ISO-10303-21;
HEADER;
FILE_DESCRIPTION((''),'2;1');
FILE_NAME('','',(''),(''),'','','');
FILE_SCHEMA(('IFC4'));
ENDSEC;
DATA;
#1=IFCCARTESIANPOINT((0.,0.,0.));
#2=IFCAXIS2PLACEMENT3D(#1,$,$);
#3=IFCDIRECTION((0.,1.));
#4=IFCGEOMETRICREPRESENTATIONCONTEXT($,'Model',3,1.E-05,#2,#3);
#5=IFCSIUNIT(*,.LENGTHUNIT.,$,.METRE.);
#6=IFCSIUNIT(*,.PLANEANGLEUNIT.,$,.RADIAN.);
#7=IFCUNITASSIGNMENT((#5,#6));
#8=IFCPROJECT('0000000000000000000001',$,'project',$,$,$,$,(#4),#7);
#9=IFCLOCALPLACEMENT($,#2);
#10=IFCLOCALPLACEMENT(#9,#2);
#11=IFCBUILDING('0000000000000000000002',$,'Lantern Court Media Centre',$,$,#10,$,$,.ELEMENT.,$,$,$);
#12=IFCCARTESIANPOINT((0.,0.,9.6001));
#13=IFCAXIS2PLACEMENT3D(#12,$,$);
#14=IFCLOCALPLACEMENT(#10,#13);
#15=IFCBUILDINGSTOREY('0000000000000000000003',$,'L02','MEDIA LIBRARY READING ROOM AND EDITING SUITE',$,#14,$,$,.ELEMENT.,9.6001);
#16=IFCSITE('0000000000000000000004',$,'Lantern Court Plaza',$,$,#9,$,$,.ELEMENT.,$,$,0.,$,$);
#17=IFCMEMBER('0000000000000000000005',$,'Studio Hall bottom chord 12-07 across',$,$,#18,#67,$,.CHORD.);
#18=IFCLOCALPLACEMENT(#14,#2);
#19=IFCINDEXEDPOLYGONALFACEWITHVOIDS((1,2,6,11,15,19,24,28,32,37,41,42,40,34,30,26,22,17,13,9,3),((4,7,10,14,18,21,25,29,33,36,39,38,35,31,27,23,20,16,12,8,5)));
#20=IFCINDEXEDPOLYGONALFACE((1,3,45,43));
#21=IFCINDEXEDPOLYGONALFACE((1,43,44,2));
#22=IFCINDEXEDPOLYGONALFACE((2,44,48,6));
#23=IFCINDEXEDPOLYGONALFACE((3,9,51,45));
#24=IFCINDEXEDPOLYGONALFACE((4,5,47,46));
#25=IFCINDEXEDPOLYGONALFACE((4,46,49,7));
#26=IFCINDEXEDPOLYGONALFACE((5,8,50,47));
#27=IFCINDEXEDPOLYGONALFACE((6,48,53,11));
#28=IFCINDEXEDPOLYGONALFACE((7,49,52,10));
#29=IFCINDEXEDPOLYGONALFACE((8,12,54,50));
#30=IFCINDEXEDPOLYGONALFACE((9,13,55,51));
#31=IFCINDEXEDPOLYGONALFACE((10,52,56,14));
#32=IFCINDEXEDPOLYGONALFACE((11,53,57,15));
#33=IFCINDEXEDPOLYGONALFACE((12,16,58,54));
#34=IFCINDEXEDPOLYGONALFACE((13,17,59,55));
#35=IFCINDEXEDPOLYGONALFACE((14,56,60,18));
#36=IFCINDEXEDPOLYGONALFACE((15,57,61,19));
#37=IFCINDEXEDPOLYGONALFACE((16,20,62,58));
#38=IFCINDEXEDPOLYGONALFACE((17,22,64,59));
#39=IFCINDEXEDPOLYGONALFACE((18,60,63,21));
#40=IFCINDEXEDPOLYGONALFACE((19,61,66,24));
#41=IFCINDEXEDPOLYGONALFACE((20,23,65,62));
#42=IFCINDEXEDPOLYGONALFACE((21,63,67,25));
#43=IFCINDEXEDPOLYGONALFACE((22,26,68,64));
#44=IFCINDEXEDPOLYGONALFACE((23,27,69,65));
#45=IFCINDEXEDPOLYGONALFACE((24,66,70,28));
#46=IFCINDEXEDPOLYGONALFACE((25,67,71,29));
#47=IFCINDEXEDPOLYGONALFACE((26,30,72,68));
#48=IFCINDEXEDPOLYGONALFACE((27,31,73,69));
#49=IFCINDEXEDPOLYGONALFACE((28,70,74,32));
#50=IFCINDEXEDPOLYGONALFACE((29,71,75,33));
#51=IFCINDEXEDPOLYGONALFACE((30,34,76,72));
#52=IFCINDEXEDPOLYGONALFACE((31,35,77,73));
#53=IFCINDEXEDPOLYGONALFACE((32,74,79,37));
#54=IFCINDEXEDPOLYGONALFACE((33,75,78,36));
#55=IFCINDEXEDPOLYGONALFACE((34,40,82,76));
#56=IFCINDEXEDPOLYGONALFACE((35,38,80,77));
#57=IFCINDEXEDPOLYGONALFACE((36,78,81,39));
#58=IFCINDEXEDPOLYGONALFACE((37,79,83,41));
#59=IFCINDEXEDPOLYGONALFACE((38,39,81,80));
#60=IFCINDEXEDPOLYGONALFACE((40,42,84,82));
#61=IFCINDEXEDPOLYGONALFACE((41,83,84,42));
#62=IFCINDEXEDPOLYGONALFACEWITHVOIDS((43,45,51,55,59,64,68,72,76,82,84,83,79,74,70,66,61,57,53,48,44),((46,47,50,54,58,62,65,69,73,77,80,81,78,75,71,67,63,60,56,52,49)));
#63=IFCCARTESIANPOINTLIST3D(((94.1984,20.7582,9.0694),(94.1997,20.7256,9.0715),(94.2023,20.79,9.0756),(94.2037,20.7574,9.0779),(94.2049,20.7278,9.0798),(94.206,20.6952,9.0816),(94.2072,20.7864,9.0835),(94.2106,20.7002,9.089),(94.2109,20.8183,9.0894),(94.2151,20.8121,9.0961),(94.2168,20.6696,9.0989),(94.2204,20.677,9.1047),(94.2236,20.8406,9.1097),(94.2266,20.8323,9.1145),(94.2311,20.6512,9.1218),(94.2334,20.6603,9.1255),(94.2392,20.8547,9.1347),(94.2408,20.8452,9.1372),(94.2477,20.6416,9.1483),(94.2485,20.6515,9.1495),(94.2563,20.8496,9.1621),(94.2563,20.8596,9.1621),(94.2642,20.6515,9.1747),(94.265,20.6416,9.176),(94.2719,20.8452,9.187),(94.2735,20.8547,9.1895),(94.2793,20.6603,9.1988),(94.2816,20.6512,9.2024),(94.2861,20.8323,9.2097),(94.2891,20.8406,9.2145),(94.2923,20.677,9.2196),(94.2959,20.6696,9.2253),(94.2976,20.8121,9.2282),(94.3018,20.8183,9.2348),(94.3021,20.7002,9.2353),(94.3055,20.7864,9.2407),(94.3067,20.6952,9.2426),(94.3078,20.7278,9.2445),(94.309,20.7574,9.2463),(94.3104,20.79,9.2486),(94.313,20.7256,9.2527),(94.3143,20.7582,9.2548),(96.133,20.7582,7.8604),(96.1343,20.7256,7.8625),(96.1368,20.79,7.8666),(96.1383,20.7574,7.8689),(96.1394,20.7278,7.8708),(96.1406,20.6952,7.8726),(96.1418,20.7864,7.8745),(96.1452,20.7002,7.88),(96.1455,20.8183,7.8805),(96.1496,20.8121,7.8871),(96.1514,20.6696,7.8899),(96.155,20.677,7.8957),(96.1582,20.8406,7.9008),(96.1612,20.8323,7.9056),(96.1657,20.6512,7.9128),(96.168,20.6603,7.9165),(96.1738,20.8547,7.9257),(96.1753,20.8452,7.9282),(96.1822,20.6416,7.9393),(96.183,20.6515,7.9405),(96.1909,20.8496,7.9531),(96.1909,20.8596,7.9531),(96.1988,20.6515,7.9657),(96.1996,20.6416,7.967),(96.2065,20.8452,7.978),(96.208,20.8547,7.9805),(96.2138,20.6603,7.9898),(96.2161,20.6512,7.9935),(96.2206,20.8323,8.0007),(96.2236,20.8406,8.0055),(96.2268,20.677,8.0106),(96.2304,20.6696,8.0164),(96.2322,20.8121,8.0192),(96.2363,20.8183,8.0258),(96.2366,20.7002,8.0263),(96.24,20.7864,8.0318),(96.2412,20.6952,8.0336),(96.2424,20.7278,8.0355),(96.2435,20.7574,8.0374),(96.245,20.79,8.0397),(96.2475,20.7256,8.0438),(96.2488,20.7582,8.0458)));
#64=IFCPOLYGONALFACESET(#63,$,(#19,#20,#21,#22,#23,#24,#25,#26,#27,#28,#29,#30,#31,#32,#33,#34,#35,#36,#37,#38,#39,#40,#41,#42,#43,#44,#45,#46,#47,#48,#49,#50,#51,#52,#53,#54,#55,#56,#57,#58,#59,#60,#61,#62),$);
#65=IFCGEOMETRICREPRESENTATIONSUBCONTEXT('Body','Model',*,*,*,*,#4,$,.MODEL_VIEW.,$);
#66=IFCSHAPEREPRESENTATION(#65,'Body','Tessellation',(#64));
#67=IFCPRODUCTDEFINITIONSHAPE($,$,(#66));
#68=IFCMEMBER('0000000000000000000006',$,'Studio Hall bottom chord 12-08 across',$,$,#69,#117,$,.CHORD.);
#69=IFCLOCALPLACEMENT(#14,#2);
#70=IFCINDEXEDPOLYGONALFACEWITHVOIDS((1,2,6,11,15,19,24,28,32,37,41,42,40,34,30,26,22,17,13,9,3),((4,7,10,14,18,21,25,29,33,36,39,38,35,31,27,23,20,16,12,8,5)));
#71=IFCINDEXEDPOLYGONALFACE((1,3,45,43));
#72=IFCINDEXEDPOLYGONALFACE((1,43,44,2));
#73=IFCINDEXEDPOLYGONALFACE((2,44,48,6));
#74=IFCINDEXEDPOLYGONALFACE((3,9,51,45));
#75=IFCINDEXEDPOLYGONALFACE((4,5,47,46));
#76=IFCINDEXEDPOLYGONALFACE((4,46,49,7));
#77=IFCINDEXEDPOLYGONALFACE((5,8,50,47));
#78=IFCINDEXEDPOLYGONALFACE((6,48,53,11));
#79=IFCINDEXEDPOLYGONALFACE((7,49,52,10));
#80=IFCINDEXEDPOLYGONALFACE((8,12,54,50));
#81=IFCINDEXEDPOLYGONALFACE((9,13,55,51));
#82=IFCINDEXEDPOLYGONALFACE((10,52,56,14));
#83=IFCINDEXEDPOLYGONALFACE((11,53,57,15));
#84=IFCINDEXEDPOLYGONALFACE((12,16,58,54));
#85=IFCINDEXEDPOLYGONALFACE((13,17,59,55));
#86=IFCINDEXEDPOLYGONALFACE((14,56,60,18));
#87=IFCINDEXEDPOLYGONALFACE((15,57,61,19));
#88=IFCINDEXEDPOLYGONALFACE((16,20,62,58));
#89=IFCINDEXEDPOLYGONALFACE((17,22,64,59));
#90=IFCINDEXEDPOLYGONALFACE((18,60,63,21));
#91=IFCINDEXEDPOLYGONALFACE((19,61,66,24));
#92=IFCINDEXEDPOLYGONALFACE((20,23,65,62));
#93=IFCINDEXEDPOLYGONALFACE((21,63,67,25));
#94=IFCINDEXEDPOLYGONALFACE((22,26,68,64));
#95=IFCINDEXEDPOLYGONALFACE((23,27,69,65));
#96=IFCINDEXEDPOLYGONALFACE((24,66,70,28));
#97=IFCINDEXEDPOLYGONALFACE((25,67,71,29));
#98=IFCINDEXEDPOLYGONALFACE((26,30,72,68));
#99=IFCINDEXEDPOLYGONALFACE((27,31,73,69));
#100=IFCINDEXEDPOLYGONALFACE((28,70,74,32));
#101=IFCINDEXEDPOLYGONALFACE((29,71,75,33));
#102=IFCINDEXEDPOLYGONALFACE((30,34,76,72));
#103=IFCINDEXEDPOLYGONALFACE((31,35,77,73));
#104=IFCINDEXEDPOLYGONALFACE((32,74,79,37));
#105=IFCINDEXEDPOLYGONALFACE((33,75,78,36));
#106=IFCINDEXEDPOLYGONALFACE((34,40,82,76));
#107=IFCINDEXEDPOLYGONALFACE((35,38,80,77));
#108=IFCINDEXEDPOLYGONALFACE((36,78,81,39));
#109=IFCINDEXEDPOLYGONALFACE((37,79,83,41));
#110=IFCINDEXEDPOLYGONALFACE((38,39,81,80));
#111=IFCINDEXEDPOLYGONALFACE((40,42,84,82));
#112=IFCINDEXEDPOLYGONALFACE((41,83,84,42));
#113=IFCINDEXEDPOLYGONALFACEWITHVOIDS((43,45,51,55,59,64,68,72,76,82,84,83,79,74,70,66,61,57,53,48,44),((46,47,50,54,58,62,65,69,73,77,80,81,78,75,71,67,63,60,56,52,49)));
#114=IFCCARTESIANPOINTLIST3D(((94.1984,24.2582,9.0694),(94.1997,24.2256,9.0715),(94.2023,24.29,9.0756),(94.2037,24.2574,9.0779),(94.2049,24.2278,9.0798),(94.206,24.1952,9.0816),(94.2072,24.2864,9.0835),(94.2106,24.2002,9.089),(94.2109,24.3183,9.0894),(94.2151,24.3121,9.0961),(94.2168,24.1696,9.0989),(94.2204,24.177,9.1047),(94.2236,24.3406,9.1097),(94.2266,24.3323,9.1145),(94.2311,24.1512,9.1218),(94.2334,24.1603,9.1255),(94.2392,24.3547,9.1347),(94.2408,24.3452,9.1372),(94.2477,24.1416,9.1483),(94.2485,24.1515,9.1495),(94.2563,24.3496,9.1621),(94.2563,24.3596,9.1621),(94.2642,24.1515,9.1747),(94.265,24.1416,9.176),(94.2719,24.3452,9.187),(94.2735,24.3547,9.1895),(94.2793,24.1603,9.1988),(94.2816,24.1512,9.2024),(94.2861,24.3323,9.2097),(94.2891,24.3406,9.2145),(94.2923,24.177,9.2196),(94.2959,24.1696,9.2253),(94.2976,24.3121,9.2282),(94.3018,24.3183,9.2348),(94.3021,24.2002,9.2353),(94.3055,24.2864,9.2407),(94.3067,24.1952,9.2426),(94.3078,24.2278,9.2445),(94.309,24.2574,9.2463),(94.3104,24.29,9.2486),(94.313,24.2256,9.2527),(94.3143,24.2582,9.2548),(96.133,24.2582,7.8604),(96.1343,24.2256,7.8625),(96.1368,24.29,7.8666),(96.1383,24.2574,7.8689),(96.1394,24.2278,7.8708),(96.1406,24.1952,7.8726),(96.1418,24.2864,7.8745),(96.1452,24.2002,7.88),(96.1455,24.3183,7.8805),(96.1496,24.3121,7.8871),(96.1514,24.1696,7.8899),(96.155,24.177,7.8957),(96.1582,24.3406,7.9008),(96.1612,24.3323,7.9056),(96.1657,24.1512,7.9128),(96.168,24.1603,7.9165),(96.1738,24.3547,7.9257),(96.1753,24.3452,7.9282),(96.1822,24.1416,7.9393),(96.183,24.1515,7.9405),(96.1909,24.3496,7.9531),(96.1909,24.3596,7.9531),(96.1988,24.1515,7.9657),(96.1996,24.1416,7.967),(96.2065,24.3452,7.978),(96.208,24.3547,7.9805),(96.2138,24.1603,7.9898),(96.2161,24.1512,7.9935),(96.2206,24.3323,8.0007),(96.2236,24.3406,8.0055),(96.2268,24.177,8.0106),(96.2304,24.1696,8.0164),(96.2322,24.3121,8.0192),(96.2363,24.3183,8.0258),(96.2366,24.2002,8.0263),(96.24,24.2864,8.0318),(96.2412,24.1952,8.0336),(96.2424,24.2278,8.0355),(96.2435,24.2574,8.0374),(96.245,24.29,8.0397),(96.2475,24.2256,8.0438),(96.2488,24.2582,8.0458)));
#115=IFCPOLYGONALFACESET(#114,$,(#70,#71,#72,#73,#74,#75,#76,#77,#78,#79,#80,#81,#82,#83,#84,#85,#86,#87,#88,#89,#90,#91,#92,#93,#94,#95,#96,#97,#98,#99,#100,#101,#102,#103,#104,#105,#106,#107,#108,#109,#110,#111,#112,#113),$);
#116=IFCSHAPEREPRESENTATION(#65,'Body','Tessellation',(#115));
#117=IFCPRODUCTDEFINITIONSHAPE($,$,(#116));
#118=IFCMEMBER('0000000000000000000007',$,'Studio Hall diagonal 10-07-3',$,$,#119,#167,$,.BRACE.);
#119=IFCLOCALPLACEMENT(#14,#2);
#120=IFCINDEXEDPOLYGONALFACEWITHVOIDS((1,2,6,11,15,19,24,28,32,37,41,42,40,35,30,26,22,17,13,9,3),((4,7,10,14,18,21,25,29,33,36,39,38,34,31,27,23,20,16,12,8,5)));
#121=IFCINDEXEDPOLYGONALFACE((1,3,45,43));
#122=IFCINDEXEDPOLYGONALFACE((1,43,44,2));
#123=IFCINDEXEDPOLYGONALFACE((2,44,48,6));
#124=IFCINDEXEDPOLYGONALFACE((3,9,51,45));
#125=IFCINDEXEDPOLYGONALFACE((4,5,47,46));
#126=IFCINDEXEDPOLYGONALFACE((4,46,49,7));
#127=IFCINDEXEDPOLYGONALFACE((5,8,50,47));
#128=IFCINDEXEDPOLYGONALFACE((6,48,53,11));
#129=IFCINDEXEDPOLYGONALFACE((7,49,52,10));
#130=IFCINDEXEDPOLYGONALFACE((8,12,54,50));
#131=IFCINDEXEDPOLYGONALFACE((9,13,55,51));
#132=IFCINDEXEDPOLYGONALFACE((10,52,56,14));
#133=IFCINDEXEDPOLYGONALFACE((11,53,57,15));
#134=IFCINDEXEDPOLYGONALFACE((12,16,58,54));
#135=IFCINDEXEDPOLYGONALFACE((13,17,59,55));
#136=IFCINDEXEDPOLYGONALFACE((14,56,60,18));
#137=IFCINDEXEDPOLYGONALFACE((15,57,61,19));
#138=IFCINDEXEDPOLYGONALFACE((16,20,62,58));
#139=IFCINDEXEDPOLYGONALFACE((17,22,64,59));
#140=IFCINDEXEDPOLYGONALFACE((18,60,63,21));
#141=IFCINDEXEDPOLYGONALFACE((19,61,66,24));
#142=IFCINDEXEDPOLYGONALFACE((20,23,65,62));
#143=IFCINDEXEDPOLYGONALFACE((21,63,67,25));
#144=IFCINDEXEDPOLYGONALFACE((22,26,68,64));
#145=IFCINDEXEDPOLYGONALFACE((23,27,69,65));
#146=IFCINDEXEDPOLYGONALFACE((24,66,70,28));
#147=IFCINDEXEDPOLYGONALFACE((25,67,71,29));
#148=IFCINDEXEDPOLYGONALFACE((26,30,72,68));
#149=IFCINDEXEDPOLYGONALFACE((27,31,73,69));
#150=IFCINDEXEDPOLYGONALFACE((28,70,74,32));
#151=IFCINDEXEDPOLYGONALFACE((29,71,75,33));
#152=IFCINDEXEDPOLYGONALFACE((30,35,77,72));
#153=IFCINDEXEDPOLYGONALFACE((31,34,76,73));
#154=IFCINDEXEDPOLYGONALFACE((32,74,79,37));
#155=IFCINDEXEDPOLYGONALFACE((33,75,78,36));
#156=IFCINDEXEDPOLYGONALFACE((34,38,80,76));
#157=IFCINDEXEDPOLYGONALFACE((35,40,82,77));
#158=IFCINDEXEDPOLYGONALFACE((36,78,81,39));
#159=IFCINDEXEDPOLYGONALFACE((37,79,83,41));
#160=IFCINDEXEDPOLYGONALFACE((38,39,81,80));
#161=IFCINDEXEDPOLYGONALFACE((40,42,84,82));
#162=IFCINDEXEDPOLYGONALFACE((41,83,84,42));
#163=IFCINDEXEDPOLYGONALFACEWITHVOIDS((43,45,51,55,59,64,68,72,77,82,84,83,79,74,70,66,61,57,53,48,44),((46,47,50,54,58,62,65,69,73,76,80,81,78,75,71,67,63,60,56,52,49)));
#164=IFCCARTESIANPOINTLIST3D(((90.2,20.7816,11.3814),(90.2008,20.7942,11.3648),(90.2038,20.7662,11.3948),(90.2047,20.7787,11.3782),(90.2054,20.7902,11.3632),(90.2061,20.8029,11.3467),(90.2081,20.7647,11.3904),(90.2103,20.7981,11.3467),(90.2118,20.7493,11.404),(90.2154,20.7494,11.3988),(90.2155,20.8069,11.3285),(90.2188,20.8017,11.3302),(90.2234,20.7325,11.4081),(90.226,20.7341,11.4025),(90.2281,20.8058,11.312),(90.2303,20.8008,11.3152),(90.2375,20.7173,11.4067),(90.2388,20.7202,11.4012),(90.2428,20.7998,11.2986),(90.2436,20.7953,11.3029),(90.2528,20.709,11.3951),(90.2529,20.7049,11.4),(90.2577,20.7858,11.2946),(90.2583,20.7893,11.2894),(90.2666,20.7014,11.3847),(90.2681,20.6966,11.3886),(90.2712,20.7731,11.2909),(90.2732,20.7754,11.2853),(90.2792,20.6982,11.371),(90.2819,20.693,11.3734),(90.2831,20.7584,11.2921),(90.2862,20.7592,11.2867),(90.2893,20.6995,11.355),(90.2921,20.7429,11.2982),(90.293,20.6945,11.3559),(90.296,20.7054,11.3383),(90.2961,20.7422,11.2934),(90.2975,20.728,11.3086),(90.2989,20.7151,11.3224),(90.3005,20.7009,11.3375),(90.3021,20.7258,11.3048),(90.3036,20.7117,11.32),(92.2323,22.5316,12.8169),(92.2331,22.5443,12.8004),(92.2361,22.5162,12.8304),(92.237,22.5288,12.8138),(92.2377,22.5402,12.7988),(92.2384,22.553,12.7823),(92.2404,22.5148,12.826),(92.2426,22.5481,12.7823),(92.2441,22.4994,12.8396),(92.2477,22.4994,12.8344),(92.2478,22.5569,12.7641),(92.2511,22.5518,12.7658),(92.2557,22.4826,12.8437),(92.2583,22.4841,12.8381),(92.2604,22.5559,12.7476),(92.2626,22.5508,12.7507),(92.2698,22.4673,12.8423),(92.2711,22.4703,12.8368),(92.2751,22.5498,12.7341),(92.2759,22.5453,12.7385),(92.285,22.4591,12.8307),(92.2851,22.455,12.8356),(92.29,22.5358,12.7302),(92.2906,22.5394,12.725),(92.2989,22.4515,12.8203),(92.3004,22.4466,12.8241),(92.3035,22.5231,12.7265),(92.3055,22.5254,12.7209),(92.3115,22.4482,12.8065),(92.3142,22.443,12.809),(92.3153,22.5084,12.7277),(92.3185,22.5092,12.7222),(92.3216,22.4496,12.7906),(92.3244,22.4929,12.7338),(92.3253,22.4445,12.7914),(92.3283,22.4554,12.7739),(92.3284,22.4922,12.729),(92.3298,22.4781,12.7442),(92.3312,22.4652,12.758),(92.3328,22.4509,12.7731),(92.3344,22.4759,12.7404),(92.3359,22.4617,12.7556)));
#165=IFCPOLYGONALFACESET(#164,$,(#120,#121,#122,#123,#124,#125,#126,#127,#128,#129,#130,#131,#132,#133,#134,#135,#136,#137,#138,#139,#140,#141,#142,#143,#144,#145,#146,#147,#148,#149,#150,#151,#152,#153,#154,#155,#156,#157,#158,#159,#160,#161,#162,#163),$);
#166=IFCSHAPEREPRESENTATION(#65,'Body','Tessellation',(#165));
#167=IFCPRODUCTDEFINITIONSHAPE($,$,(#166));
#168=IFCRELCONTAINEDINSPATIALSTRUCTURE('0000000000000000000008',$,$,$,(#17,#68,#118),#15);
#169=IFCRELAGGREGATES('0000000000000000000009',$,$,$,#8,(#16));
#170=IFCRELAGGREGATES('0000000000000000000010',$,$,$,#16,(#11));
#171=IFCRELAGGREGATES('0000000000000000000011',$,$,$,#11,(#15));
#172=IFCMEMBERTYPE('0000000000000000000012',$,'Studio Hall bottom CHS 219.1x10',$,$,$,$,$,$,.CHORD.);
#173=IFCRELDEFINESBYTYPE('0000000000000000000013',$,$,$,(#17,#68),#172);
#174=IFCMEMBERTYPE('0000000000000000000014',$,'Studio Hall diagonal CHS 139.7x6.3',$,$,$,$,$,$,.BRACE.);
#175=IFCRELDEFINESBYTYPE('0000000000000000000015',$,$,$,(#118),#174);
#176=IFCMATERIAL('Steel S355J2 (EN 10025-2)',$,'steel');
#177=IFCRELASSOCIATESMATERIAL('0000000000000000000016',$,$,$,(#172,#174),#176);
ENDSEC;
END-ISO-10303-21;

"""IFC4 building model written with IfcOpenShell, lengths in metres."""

from ifc_helpers import new_model, si_unit, direction, frame, origin, origin_2d, place, context, subcontext, project, spatial, hollow_circle, extrude, material, material_profile, profile_set, type_object, element, save


model = new_model("IFC4")

# Units and contexts
model_context = context("Model", 3, precision=1e-05, world=origin(), true_north=direction((0.0, 1.0)))
body_context = subcontext(model_context, "Body", "Model", "MODEL_VIEW")
ifc_project = project(units=[si_unit("LENGTHUNIT", "METRE"), si_unit("PLANEANGLEUNIT", "RADIAN")], contexts=[model_context])

# Site, building, storey
site_placement = place(None, origin())
site = spatial("IfcSite", under=ifc_project, at=site_placement, Name="Lantern Court Plaza", CompositionType="ELEMENT", RefElevation=0.0)
building_placement = place(site_placement, origin())
building = spatial("IfcBuilding", under=site, at=building_placement, Name="Lantern Court Media Centre", CompositionType="ELEMENT")
storey_placement = place(building_placement, frame((0.0, 0.0, 9.6001)))
storey = spatial("IfcBuildingStorey", under=building, at=storey_placement, Name="L02", Description="MEDIA LIBRARY READING ROOM AND EDITING SUITE", CompositionType="ELEMENT", Elevation=9.6001)

# Members
ifc_material = material(Name="Steel S355J2 (EN 10025-2)", Category="steel")
ifc_material_profile_1 = material_profile(ifc_material, hollow_circle(Radius=0.1096, WallThickness=0.01, at=origin_2d()), Name="Studio Hall bottom CHS 219.1x10")
ifc_profile_set_1 = profile_set([ifc_material_profile_1], Name="Steel S355J2 (EN 10025-2)")
member_type_1 = type_object("IfcMemberType", Name="Studio Hall bottom CHS 219.1x10", PredefinedType="CHORD", material=ifc_profile_set_1)
for number, where, z_axis, x_axis, name in (
    (1, (94.2563, 20.75, 9.1621), (0.848022, 0.0, -0.52996), (0.0, 1.0, 0.0), "Studio Hall bottom chord 12-07 across"),
    (2, (94.2563, 24.25, 9.1621), (0.848022, 0.0, -0.52996), (0.0, 1.0, 0.0), "Studio Hall bottom chord 12-08 across"),
):
    element("IfcMember", number, at=place(storey_placement, frame(where, z_axis=z_axis, x_axis=x_axis)), inside=storey, type_object=member_type_1, Name=name, PredefinedType="CHORD", context=body_context, shape_type="SweptSolid", body=[
        extrude(hollow_circle(Radius=0.1096, WallThickness=0.01, at=origin_2d()), origin(), (0.0, 0.0, 1.0), 2.2812),
    ])
ifc_material_profile_2 = material_profile(ifc_material, hollow_circle(Radius=0.0698, WallThickness=0.0063, at=origin_2d()), Name="Studio Hall diagonal CHS 139.7x6.3")
ifc_profile_set_2 = profile_set([ifc_material_profile_2], Name="Steel S355J2 (EN 10025-2)")
member_type_2 = type_object("IfcMemberType", Name="Studio Hall diagonal CHS 139.7x6.3", PredefinedType="BRACE", material=ifc_profile_set_2)
for number, where, z_axis, x_axis, name in (
    (3, (90.2517, 20.75, 11.3467), (0.668075, 0.575296, 0.471922), (-0.652529, 0.757764, 0.0), "Studio Hall diagonal 10-07-3"),
):
    element("IfcMember", number, at=place(storey_placement, frame(where, z_axis=z_axis, x_axis=x_axis)), inside=storey, type_object=member_type_2, Name=name, PredefinedType="BRACE", context=body_context, shape_type="SweptSolid", body=[
        extrude(hollow_circle(Radius=0.0698, WallThickness=0.0063, at=origin_2d()), origin(), (0.0, 0.0, 1.0), 3.042),
    ])

save(model, "model.ifc")
